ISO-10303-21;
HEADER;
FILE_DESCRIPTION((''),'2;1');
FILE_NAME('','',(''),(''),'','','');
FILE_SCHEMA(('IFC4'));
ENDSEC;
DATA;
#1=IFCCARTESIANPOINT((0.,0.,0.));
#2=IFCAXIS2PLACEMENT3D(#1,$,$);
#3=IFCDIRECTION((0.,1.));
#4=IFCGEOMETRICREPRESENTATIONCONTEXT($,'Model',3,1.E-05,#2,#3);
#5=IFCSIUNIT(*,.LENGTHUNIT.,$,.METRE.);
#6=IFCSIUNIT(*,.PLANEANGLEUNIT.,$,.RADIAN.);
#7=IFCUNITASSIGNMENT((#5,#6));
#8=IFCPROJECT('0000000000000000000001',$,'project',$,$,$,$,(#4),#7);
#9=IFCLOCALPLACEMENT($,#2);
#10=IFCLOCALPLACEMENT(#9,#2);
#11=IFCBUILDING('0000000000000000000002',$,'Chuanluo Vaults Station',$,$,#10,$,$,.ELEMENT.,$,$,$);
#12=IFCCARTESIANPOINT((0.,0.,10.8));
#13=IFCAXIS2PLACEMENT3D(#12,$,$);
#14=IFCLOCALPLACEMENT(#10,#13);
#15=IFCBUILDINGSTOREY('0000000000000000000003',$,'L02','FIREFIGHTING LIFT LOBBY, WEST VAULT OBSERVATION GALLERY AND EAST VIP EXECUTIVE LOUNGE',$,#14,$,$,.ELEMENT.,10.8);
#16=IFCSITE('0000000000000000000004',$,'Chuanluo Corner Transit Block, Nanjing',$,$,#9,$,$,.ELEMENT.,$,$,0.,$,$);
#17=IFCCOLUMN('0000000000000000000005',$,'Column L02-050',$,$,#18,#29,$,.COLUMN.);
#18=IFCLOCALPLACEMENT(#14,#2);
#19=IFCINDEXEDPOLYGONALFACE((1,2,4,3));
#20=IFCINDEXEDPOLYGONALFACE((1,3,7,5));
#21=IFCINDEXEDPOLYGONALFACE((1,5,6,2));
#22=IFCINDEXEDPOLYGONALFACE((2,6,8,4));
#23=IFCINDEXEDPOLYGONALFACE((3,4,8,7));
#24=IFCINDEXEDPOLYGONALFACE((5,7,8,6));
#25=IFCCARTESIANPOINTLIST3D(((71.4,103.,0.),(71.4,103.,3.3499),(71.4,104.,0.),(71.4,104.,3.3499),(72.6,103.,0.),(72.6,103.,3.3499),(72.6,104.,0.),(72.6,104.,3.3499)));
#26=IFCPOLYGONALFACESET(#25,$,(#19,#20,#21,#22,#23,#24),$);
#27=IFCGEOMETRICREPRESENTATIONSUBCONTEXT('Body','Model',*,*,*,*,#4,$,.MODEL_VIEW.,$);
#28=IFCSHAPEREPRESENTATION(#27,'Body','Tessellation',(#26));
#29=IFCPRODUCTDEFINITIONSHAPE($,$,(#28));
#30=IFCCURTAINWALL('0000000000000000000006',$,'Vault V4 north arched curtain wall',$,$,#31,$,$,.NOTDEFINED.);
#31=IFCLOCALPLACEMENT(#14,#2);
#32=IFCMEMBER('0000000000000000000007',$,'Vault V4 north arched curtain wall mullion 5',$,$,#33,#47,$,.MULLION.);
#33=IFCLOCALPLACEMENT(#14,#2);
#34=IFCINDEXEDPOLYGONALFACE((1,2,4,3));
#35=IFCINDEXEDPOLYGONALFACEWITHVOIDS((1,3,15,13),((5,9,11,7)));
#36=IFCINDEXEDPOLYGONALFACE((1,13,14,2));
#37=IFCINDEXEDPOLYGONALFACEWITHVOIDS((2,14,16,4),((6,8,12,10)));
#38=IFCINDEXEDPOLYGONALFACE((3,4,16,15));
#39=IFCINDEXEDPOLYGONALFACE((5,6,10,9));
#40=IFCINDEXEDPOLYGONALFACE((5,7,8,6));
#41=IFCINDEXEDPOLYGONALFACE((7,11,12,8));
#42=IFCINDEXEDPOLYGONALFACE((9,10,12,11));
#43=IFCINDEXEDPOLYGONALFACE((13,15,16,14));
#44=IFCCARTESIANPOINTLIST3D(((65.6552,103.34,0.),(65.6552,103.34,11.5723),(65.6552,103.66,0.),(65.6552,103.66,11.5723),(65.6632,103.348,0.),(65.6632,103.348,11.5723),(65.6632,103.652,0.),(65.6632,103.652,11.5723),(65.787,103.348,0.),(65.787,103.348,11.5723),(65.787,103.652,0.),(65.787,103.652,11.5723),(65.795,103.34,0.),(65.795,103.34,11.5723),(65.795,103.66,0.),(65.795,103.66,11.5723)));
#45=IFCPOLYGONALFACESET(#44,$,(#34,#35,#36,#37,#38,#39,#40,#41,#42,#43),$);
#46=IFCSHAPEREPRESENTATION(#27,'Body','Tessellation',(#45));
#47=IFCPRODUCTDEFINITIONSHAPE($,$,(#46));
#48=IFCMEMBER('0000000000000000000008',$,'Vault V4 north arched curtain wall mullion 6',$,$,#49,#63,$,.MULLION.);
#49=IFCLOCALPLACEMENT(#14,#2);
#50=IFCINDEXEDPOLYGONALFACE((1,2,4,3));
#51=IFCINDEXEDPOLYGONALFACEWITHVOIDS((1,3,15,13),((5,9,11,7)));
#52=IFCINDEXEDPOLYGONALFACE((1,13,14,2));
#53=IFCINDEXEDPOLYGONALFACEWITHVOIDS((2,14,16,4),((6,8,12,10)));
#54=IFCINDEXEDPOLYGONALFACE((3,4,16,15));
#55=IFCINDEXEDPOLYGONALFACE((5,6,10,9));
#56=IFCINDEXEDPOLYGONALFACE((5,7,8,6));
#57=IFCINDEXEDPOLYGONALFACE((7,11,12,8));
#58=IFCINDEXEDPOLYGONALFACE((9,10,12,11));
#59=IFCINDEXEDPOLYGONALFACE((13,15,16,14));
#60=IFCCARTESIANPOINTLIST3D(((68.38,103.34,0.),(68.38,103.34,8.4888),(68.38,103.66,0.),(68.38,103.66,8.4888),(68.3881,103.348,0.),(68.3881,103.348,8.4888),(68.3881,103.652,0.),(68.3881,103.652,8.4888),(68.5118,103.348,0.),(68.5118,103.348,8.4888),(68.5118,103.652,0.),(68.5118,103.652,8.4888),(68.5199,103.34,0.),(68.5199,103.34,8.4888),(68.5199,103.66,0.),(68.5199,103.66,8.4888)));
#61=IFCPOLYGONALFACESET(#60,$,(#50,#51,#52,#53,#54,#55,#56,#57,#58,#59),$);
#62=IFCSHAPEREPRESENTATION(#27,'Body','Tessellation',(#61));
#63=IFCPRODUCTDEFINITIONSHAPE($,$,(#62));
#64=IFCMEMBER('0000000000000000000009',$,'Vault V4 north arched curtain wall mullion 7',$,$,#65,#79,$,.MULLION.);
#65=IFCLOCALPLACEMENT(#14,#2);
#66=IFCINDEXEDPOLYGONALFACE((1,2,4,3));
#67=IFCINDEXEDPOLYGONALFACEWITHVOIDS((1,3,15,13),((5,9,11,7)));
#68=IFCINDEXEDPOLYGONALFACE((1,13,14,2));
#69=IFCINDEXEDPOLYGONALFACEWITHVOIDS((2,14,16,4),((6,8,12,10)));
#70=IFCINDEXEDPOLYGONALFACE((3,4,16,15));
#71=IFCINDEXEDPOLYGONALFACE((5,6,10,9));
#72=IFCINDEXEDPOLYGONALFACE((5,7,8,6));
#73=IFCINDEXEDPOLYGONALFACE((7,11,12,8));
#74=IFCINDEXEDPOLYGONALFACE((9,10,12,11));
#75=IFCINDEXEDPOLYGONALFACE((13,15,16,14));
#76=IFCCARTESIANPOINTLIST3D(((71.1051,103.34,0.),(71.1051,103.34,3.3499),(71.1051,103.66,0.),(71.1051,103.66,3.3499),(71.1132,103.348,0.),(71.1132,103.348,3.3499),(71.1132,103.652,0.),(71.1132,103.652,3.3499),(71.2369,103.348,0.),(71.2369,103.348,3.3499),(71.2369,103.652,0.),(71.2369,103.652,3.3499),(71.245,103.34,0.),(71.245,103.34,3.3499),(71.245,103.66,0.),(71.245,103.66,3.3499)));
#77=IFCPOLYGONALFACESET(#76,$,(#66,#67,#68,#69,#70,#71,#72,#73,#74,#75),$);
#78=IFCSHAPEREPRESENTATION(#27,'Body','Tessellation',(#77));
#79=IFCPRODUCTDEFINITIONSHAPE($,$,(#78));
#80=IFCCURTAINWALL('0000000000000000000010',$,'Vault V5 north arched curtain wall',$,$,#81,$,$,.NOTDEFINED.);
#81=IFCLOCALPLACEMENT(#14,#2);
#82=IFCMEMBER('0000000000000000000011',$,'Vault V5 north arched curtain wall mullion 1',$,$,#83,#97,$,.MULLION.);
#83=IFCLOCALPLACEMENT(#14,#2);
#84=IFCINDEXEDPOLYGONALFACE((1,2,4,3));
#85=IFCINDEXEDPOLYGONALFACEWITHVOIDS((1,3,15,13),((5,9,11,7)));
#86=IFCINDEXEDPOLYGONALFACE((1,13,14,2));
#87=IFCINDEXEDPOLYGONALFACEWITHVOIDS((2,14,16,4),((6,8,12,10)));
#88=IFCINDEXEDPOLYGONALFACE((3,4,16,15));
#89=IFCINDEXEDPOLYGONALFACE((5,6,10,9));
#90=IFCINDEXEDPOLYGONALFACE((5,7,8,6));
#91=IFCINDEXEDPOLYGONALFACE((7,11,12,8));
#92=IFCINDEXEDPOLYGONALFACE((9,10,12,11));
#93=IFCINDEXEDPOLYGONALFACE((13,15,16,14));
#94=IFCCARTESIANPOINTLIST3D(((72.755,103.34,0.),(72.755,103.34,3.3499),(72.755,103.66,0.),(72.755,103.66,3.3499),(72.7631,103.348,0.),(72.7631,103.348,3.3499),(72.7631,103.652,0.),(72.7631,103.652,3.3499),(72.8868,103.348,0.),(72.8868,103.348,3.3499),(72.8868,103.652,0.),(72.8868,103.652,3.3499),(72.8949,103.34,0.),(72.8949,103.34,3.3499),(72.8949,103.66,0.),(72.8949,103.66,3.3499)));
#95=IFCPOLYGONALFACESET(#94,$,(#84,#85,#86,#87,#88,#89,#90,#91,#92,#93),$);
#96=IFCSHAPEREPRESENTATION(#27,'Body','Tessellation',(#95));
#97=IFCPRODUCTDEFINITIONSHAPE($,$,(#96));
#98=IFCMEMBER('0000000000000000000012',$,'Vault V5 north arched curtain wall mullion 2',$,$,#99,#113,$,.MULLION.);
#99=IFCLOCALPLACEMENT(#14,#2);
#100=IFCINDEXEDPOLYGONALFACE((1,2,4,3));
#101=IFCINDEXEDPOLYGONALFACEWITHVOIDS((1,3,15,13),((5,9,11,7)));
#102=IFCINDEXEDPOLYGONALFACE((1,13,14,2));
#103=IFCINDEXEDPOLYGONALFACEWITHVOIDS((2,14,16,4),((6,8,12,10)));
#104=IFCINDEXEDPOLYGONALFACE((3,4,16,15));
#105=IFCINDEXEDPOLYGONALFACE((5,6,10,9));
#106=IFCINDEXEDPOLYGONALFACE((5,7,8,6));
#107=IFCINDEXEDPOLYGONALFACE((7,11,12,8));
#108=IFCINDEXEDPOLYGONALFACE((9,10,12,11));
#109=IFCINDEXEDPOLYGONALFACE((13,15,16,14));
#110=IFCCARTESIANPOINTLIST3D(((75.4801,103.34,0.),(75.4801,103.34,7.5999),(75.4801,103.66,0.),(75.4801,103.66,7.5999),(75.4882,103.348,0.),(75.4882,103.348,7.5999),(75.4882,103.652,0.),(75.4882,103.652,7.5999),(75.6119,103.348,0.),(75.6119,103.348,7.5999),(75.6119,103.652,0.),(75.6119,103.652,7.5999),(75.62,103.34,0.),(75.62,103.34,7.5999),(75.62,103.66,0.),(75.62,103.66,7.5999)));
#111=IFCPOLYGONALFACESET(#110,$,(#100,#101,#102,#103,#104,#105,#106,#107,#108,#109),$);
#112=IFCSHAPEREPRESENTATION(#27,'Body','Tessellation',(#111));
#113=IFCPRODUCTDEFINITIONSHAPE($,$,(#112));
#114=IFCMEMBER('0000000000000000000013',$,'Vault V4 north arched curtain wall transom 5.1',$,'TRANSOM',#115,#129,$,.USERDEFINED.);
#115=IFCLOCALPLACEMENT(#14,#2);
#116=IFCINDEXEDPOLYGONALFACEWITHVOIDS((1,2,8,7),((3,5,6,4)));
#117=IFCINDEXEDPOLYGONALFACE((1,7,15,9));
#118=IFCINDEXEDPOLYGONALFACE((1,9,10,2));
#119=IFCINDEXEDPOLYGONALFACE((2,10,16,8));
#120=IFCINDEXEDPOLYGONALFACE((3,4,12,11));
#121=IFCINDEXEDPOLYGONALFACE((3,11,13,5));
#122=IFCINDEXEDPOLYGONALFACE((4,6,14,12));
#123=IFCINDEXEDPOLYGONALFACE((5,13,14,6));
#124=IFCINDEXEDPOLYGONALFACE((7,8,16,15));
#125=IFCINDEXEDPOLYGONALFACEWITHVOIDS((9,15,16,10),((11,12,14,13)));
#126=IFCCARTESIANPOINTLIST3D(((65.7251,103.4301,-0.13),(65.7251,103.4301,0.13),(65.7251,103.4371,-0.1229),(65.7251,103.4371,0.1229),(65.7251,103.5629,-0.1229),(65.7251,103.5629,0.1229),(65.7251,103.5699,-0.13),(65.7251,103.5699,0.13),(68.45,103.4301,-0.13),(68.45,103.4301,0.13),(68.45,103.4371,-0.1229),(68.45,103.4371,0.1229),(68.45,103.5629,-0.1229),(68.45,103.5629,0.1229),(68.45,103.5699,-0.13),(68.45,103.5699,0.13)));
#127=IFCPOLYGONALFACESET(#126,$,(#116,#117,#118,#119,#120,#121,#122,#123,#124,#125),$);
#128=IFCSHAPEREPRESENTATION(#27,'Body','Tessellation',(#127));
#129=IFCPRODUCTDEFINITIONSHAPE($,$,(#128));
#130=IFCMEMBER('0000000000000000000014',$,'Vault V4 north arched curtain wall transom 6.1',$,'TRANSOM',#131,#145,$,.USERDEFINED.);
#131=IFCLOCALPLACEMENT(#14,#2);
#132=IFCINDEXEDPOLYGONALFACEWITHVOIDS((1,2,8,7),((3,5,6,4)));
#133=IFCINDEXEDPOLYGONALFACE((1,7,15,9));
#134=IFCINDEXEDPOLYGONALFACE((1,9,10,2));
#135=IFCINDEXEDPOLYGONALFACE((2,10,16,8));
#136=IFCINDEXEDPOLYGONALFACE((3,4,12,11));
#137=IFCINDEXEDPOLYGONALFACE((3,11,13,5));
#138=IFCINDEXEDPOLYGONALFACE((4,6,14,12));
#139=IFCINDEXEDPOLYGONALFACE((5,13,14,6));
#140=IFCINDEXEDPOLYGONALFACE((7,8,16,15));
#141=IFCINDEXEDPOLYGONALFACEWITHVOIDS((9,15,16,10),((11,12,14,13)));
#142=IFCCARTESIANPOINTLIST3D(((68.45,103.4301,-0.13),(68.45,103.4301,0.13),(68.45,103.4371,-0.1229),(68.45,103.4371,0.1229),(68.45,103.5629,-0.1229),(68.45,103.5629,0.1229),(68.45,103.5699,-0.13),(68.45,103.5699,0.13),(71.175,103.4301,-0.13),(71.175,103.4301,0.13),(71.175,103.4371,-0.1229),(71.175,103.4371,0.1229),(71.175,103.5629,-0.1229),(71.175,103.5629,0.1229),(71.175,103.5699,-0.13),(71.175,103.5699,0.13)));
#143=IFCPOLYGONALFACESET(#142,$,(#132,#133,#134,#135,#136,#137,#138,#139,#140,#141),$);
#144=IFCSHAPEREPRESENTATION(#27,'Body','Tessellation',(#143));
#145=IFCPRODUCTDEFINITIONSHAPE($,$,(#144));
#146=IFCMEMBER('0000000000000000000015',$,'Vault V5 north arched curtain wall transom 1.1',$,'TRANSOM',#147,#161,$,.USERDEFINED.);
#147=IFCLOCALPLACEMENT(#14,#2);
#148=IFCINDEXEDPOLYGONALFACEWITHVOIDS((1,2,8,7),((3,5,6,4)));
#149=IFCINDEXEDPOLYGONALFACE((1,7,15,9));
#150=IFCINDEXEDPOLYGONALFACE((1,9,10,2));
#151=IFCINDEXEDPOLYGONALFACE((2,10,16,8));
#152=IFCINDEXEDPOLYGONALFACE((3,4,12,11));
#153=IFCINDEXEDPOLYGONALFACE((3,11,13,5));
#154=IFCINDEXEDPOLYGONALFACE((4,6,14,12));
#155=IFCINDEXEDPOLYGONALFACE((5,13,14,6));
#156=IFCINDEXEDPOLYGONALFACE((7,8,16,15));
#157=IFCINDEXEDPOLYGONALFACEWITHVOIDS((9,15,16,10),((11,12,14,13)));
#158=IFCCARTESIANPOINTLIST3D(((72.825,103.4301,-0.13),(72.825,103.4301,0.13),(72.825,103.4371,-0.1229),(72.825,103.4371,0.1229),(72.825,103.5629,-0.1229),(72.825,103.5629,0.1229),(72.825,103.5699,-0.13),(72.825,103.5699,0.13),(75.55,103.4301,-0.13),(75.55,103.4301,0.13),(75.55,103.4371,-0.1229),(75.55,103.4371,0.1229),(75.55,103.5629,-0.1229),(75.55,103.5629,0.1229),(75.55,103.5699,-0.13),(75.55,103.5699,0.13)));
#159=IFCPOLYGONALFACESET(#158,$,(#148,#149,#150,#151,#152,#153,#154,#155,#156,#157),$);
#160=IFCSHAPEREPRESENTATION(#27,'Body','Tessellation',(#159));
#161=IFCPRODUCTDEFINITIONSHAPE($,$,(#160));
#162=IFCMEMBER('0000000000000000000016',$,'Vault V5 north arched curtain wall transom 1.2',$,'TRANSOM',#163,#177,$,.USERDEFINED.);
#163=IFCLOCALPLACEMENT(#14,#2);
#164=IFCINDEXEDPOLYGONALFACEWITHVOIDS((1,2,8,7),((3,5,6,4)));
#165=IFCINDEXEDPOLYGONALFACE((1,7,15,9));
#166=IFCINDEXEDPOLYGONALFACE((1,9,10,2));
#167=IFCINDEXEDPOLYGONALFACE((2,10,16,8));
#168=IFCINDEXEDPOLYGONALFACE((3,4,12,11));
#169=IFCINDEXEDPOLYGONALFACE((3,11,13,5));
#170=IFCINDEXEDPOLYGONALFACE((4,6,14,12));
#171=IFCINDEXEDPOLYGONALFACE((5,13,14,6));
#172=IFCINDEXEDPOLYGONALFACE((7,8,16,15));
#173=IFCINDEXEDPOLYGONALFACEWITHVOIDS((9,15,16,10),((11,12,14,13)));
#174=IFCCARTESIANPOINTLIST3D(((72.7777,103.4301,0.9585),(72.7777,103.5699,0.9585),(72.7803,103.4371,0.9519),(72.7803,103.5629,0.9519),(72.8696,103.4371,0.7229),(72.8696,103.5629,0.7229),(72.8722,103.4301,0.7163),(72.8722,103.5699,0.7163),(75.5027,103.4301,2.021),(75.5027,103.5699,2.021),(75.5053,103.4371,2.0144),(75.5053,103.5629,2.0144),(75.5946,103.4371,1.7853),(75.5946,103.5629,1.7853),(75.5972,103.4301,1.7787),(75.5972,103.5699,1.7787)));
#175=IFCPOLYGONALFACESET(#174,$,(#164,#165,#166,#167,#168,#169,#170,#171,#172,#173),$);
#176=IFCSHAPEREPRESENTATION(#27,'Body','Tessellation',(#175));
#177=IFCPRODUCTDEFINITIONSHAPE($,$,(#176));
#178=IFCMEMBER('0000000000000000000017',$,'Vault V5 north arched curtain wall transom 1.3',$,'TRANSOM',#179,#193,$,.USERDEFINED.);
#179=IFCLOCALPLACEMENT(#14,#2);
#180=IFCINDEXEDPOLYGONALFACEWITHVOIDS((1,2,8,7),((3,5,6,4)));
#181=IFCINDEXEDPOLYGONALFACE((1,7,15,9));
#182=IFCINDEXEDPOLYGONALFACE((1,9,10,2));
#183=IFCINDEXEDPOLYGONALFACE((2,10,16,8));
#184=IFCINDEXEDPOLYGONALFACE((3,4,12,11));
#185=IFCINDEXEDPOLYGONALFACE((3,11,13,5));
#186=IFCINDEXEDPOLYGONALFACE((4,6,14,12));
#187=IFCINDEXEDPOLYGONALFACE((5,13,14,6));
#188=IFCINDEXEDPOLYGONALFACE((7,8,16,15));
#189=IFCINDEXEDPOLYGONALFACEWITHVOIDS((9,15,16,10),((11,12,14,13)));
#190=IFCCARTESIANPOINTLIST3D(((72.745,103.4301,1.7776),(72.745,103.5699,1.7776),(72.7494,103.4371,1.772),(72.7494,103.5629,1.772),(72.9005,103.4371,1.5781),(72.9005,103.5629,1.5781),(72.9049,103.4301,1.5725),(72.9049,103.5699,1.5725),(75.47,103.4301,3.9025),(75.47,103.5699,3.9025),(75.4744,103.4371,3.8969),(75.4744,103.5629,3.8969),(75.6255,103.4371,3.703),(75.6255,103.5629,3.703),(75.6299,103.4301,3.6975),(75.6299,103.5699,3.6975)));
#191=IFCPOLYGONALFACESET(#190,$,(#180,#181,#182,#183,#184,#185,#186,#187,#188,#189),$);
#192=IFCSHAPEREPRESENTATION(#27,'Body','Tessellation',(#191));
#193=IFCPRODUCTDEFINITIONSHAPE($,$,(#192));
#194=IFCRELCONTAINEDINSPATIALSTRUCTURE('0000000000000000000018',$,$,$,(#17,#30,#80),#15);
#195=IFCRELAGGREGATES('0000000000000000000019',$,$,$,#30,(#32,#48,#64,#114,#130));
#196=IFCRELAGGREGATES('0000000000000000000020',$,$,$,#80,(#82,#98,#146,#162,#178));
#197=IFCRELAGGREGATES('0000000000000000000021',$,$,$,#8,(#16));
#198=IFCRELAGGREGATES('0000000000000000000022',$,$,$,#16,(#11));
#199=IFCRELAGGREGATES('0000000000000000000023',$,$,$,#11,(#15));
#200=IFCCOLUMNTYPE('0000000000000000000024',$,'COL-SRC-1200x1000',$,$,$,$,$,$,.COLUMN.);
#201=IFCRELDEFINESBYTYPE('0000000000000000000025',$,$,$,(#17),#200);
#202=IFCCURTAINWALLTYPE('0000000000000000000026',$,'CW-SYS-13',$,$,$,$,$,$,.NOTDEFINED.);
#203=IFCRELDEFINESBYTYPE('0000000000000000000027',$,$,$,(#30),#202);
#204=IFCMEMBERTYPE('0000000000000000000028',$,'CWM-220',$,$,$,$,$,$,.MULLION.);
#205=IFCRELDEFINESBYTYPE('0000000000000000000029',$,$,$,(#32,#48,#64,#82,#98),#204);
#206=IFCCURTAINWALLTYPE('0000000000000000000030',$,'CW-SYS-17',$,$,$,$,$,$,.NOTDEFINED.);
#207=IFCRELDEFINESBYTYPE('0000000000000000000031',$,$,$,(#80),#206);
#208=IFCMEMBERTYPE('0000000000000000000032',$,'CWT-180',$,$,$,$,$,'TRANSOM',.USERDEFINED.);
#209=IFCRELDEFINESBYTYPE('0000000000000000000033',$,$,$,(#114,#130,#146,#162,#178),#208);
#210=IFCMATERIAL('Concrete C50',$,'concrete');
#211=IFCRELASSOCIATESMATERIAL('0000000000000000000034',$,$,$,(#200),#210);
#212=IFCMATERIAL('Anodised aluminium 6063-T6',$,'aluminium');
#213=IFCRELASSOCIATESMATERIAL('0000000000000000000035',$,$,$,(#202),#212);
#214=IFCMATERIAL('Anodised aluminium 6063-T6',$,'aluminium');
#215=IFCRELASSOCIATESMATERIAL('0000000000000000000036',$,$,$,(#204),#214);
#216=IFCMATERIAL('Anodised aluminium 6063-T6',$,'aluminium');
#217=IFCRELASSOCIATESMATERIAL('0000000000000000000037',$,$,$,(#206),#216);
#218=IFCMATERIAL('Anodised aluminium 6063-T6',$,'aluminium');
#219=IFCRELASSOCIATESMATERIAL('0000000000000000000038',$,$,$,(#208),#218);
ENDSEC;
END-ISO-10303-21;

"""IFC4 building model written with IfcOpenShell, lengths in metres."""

from ifc_helpers import new_model, si_unit, direction, frame, origin, origin_2d, place, context, subcontext, project, spatial, rectangle, hollow_rectangle, extrude, material, material_profile, profile_set, type_object, element, aggregate, save


model = new_model("IFC4")

# Units and contexts
model_context = context("Model", 3, precision=1e-05, world=origin(), true_north=direction((0.0, 1.0)))
body_context = subcontext(model_context, "Body", "Model", "MODEL_VIEW")
ifc_project = project(units=[si_unit("LENGTHUNIT", "METRE"), si_unit("PLANEANGLEUNIT", "RADIAN")], contexts=[model_context])

# Site, building, storey
site_placement = place(None, origin())
site = spatial("IfcSite", under=ifc_project, at=site_placement, Name="Chuanluo Corner Transit Block, Nanjing", CompositionType="ELEMENT", RefElevation=0.0)
building_placement = place(site_placement, origin())
building = spatial("IfcBuilding", under=site, at=building_placement, Name="Chuanluo Vaults Station", CompositionType="ELEMENT")
storey_placement = place(building_placement, frame((0.0, 0.0, 10.8)))
storey = spatial("IfcBuildingStorey", under=building, at=storey_placement, Name="L02", Description="FIREFIGHTING LIFT LOBBY, WEST VAULT OBSERVATION GALLERY AND EAST VIP EXECUTIVE LOUNGE", CompositionType="ELEMENT", Elevation=10.8)

# Column
ifc_material_1 = material(Name="Concrete C50", Category="concrete")
ifc_material_profile_1 = material_profile(ifc_material_1, rectangle(XDim=1.2, YDim=1.0, at=origin_2d()))
ifc_profile_set_1 = profile_set([ifc_material_profile_1], Name="Concrete C50")
column_type = type_object("IfcColumnType", Name="COL-SRC-1200x1000", PredefinedType="COLUMN", material=ifc_profile_set_1)
column_placement = place(storey_placement, frame((72.0, 103.5, 0.0), z_axis=(0.0, 0.0, 1.0), x_axis=(1.0, 0.0, 0.0)))
element("IfcColumn", 1, at=column_placement, inside=storey, type_object=column_type, Name="Column L02-050", PredefinedType="COLUMN", context=body_context, shape_type="SweptSolid", body=[
    extrude(rectangle(XDim=1.2, YDim=1.0, at=origin_2d()), origin(), (0.0, 0.0, 1.0), 3.3499),
])

# Curtain walls, members
ifc_material_2 = material(Name="Anodised aluminium 6063-T6", Category="aluminium")
curtain_wall_type_1 = type_object("IfcCurtainWallType", Name="CW-SYS-13", PredefinedType="NOTDEFINED", material=ifc_material_2)
curtain_wall_1_placement = place(storey_placement, origin())
curtain_wall_1 = element("IfcCurtainWall", 2, at=curtain_wall_1_placement, inside=storey, type_object=curtain_wall_type_1, Name="Vault V4 north arched curtain wall", PredefinedType="NOTDEFINED")
ifc_material_3 = material(Name="Anodised aluminium 6063-T6", Category="aluminium")
ifc_material_profile_2 = material_profile(ifc_material_3, hollow_rectangle(XDim=0.1399, YDim=0.3201, WallThickness=0.0081, at=origin_2d()))
ifc_profile_set_2 = profile_set([ifc_material_profile_2], Name="Anodised aluminium 6063-T6")
member_type_1 = type_object("IfcMemberType", Name="CWM-220", PredefinedType="MULLION", material=ifc_profile_set_2)
member_1_placement = place(storey_placement, frame((65.7251, 103.5, 0.0), z_axis=(0.0, 0.0, 1.0), x_axis=(1.0, 0.0, 0.0)))
member_1 = element("IfcMember", 3, at=member_1_placement, type_object=member_type_1, Name="Vault V4 north arched curtain wall mullion 5", PredefinedType="MULLION", context=body_context, shape_type="SweptSolid", body=[
    extrude(hollow_rectangle(XDim=0.1399, YDim=0.3201, WallThickness=0.0081, at=origin_2d()), origin(), (0.0, 0.0, 1.0), 11.5723),
])
member_2_placement = place(storey_placement, frame((68.45, 103.5, 0.0), z_axis=(0.0, 0.0, 1.0), x_axis=(1.0, 0.0, 0.0)))
member_2 = element("IfcMember", 4, at=member_2_placement, type_object=member_type_1, Name="Vault V4 north arched curtain wall mullion 6", PredefinedType="MULLION", context=body_context, shape_type="SweptSolid", body=[
    extrude(hollow_rectangle(XDim=0.1399, YDim=0.3201, WallThickness=0.0081, at=origin_2d()), origin(), (0.0, 0.0, 1.0), 8.4888),
])
member_3_placement = place(storey_placement, frame((71.175, 103.5, 0.0), z_axis=(0.0, 0.0, 1.0), x_axis=(1.0, 0.0, 0.0)))
member_3 = element("IfcMember", 5, at=member_3_placement, type_object=member_type_1, Name="Vault V4 north arched curtain wall mullion 7", PredefinedType="MULLION", context=body_context, shape_type="SweptSolid", body=[
    extrude(hollow_rectangle(XDim=0.1399, YDim=0.3201, WallThickness=0.0081, at=origin_2d()), origin(), (0.0, 0.0, 1.0), 3.3499),
])
ifc_material_4 = material(Name="Anodised aluminium 6063-T6", Category="aluminium")
curtain_wall_type_2 = type_object("IfcCurtainWallType", Name="CW-SYS-17", PredefinedType="NOTDEFINED", material=ifc_material_4)
curtain_wall_2_placement = place(storey_placement, origin())
curtain_wall_2 = element("IfcCurtainWall", 6, at=curtain_wall_2_placement, inside=storey, type_object=curtain_wall_type_2, Name="Vault V5 north arched curtain wall", PredefinedType="NOTDEFINED")
member_4_placement = place(storey_placement, frame((72.825, 103.5, 0.0), z_axis=(0.0, 0.0, 1.0), x_axis=(1.0, 0.0, 0.0)))
member_4 = element("IfcMember", 7, at=member_4_placement, type_object=member_type_1, Name="Vault V5 north arched curtain wall mullion 1", PredefinedType="MULLION", context=body_context, shape_type="SweptSolid", body=[
    extrude(hollow_rectangle(XDim=0.1399, YDim=0.3201, WallThickness=0.0081, at=origin_2d()), origin(), (0.0, 0.0, 1.0), 3.3499),
])
member_5_placement = place(storey_placement, frame((75.55, 103.5, 0.0), z_axis=(0.0, 0.0, 1.0), x_axis=(1.0, 0.0, 0.0)))
member_5 = element("IfcMember", 8, at=member_5_placement, type_object=member_type_1, Name="Vault V5 north arched curtain wall mullion 2", PredefinedType="MULLION", context=body_context, shape_type="SweptSolid", body=[
    extrude(hollow_rectangle(XDim=0.1399, YDim=0.3201, WallThickness=0.0081, at=origin_2d()), origin(), (0.0, 0.0, 1.0), 7.5999),
])

# Members
ifc_material_5 = material(Name="Anodised aluminium 6063-T6", Category="aluminium")
ifc_material_profile_3 = material_profile(ifc_material_5, hollow_rectangle(XDim=0.1399, YDim=0.26, WallThickness=0.0071, at=origin_2d()))
ifc_profile_set_3 = profile_set([ifc_material_profile_3], Name="Anodised aluminium 6063-T6")
member_type_2 = type_object("IfcMemberType", Name="CWT-180", ElementType="TRANSOM", PredefinedType="USERDEFINED", material=ifc_profile_set_3)
member_6_placement = place(storey_placement, frame((65.7251, 103.5, 0.0), z_axis=(1.0, 0.0, 0.0), x_axis=(0.0, 1.0, 0.0)))
member_6 = element("IfcMember", 9, at=member_6_placement, type_object=member_type_2, Name="Vault V4 north arched curtain wall transom 5.1", ObjectType="TRANSOM", PredefinedType="USERDEFINED", context=body_context, shape_type="SweptSolid", body=[
    extrude(hollow_rectangle(XDim=0.1399, YDim=0.26, WallThickness=0.0071, at=origin_2d()), origin(), (0.0, 0.0, 1.0), 2.7249),
])
member_7_placement = place(storey_placement, frame((68.45, 103.5, 0.0), z_axis=(1.0, 0.0, 0.0), x_axis=(0.0, 1.0, 0.0)))
member_7 = element("IfcMember", 10, at=member_7_placement, type_object=member_type_2, Name="Vault V4 north arched curtain wall transom 6.1", ObjectType="TRANSOM", PredefinedType="USERDEFINED", context=body_context, shape_type="SweptSolid", body=[
    extrude(hollow_rectangle(XDim=0.1399, YDim=0.26, WallThickness=0.0071, at=origin_2d()), origin(), (0.0, 0.0, 1.0), 2.7251),
])
member_8_placement = place(storey_placement, frame((72.825, 103.5, 0.0), z_axis=(1.0, 0.0, 0.0), x_axis=(0.0, 1.0, 0.0)))
member_8 = element("IfcMember", 11, at=member_8_placement, type_object=member_type_2, Name="Vault V5 north arched curtain wall transom 1.1", ObjectType="TRANSOM", PredefinedType="USERDEFINED", context=body_context, shape_type="SweptSolid", body=[
    extrude(hollow_rectangle(XDim=0.1399, YDim=0.26, WallThickness=0.0071, at=origin_2d()), origin(), (0.0, 0.0, 1.0), 2.7251),
])
member_9_placement = place(storey_placement, frame((72.825, 103.5, 0.8374), z_axis=(0.931688, 0.0, 0.36326), x_axis=(0.0, 1.0, 0.0)))
member_9 = element("IfcMember", 12, at=member_9_placement, type_object=member_type_2, Name="Vault V5 north arched curtain wall transom 1.2", ObjectType="TRANSOM", PredefinedType="USERDEFINED", context=body_context, shape_type="SweptSolid", body=[
    extrude(hollow_rectangle(XDim=0.1399, YDim=0.26, WallThickness=0.0071, at=origin_2d()), origin(), (0.0, 0.0, 1.0), 2.9248),
])
member_10_placement = place(storey_placement, frame((72.825, 103.5, 1.675), z_axis=(0.788583, 0.0, 0.614928), x_axis=(0.0, 1.0, 0.0)))
member_10 = element("IfcMember", 13, at=member_10_placement, type_object=member_type_2, Name="Vault V5 north arched curtain wall transom 1.3", ObjectType="TRANSOM", PredefinedType="USERDEFINED", context=body_context, shape_type="SweptSolid", body=[
    extrude(hollow_rectangle(XDim=0.1399, YDim=0.26, WallThickness=0.0071, at=origin_2d()), origin(), (0.0, 0.0, 1.0), 3.4556),
])

aggregate(curtain_wall_1, [member_1, member_2, member_3, member_6, member_7])
aggregate(curtain_wall_2, [member_4, member_5, member_8, member_9, member_10])

save(model, "model.ifc")
